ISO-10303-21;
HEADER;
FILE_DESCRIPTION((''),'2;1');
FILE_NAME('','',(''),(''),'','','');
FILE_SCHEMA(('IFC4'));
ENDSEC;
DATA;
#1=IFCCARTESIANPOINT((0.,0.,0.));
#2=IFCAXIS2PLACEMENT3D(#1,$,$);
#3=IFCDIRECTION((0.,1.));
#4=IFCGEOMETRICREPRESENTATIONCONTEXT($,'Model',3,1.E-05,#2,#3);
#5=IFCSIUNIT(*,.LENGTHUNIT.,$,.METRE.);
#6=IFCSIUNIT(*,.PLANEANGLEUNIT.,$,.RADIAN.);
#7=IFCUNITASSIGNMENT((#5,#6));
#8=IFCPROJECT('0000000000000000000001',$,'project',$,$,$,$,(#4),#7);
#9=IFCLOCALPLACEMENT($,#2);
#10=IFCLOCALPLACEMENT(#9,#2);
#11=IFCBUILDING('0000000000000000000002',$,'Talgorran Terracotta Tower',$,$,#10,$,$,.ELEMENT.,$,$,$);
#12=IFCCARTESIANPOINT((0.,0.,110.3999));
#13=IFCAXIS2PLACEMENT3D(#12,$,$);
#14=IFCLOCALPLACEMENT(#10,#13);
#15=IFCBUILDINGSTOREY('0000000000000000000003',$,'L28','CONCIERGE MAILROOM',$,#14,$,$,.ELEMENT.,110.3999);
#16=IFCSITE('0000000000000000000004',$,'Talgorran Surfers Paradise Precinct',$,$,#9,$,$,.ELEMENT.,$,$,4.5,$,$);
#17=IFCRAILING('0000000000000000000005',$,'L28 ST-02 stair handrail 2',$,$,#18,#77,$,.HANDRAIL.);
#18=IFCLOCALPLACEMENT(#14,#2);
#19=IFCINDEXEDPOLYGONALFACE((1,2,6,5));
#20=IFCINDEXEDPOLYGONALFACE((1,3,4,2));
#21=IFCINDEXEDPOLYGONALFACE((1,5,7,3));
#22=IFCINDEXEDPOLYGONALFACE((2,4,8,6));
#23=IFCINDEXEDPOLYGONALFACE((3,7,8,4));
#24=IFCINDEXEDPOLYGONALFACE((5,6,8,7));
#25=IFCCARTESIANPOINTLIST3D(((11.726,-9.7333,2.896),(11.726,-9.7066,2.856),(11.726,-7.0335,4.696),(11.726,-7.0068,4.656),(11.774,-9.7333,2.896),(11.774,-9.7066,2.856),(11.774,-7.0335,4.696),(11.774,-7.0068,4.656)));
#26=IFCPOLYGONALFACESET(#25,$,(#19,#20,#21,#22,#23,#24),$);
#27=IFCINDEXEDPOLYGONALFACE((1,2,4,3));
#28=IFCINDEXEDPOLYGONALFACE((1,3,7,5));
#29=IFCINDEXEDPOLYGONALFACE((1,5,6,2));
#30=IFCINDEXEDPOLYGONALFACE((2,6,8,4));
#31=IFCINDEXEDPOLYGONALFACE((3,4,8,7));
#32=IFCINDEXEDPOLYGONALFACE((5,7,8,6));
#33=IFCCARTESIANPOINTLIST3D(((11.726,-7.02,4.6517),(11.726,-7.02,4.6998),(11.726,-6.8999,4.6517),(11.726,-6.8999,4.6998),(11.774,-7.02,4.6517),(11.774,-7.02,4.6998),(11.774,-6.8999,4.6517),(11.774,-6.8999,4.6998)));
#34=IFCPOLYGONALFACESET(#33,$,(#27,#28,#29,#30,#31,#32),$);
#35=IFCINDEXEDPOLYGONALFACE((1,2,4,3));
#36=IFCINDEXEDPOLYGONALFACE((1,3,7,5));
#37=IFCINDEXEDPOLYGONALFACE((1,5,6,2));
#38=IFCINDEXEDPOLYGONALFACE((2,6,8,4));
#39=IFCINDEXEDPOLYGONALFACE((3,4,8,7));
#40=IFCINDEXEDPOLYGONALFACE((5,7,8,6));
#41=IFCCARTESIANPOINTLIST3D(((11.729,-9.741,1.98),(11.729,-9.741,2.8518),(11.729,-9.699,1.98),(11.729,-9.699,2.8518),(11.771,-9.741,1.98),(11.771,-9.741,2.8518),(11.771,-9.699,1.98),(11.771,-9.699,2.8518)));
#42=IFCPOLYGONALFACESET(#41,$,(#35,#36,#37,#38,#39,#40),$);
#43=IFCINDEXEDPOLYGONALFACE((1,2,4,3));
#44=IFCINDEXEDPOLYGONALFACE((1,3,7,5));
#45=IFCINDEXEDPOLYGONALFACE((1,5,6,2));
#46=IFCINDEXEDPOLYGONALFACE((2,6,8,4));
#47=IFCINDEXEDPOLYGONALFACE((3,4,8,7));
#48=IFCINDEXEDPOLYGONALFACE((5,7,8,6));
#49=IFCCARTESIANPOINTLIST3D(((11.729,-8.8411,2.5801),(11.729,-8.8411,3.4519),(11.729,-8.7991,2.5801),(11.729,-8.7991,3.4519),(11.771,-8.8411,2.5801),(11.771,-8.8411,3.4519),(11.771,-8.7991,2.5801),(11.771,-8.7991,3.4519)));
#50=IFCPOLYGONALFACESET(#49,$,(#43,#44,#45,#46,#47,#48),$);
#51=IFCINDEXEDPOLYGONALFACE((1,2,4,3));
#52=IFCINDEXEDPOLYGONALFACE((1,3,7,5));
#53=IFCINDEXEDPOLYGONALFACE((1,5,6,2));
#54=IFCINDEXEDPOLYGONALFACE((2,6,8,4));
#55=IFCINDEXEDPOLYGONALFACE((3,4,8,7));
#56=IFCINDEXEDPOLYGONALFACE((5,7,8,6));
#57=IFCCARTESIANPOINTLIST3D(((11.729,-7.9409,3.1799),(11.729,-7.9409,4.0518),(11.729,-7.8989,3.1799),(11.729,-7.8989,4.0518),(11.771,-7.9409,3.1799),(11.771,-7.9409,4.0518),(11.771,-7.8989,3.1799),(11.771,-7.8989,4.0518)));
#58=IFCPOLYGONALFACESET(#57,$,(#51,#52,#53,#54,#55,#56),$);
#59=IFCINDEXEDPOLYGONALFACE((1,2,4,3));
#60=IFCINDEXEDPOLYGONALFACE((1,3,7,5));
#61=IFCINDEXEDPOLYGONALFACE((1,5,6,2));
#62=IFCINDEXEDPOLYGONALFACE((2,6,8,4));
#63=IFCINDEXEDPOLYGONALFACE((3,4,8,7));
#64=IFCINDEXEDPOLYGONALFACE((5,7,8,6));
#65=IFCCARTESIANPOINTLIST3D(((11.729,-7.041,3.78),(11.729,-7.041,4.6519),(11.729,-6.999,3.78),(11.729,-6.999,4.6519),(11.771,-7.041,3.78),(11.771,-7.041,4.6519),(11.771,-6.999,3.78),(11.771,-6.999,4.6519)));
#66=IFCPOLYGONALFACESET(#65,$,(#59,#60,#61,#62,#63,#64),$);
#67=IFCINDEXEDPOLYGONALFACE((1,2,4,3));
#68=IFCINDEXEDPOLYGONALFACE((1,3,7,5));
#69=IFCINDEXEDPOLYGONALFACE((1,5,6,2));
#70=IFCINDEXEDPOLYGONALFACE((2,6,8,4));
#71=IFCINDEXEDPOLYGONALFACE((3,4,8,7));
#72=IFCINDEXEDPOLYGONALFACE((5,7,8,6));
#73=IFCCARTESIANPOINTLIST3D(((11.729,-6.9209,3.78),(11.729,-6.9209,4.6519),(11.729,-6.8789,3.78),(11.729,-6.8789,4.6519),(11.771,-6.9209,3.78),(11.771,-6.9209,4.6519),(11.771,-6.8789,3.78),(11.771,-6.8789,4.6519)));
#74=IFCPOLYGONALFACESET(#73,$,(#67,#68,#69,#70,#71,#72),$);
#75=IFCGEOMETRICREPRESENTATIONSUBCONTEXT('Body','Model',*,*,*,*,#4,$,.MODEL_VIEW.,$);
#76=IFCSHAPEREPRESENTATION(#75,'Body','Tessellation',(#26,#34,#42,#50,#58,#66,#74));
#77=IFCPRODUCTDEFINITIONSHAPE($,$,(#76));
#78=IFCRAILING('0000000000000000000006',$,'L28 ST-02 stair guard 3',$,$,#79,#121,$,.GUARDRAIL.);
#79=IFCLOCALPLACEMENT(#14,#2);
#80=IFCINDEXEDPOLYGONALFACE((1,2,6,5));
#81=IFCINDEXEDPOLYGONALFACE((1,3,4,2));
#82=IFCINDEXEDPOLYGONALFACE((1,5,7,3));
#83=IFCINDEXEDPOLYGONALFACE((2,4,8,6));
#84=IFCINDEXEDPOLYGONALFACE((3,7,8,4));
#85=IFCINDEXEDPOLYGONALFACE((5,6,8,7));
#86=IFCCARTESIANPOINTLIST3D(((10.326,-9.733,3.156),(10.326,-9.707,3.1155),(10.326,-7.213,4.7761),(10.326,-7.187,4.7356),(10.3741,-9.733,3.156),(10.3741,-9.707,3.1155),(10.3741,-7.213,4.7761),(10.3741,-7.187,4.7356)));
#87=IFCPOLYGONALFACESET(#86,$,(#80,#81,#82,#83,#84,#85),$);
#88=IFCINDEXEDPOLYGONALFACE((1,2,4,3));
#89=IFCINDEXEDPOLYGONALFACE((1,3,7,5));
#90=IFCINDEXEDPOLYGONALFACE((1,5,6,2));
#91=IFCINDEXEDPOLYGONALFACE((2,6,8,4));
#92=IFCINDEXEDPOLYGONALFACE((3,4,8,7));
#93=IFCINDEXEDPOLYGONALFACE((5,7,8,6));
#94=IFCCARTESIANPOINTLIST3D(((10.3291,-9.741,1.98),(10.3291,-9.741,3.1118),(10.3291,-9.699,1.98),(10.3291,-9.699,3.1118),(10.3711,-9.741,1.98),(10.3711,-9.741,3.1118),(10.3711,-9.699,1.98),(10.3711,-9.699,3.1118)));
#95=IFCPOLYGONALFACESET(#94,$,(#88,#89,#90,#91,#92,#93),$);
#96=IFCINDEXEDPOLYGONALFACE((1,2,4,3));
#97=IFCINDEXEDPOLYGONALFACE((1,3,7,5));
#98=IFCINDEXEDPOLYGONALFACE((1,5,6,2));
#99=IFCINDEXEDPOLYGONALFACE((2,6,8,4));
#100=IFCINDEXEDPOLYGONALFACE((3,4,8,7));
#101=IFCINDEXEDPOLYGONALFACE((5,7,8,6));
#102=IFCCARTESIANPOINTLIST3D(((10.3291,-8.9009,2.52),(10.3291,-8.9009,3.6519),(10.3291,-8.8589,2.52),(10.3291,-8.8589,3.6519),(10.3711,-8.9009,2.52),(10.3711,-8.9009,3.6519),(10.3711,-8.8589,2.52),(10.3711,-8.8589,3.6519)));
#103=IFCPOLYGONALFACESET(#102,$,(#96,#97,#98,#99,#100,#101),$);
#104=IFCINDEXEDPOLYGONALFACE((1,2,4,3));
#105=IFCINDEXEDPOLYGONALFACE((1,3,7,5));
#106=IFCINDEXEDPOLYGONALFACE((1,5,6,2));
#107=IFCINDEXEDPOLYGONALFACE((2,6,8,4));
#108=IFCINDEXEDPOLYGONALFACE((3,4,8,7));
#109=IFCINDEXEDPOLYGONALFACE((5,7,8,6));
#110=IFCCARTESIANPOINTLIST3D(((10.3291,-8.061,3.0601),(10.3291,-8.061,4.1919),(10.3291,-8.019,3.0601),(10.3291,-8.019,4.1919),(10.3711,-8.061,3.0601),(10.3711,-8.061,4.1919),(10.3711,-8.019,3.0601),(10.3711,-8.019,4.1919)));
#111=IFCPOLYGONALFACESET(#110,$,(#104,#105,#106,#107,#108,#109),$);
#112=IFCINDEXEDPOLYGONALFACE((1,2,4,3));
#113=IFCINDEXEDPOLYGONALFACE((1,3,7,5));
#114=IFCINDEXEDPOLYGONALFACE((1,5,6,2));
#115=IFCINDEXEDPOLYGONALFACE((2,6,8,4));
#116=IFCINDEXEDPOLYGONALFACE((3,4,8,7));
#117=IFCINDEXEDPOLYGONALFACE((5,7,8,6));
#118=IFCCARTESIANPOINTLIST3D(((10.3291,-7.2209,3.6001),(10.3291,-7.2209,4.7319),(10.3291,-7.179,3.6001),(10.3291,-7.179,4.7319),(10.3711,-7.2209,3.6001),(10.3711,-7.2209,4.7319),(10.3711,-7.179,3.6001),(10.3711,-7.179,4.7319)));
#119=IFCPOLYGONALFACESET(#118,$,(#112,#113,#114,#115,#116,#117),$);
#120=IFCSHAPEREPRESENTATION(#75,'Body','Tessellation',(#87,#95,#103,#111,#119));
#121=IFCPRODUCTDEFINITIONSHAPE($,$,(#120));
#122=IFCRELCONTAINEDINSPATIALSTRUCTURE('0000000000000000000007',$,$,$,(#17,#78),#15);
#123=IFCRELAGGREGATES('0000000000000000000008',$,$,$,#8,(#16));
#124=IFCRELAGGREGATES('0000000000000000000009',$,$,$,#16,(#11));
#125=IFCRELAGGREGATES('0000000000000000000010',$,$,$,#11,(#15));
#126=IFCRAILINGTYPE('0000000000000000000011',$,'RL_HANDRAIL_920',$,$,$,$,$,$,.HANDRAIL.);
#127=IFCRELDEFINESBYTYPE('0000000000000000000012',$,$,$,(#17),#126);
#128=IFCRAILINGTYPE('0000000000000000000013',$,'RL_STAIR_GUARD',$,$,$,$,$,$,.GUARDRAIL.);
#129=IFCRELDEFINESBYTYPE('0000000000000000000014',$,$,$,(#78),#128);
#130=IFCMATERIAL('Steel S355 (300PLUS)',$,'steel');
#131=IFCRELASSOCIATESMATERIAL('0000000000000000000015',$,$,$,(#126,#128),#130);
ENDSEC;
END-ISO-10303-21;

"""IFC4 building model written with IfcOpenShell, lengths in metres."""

from ifc_helpers import new_model, si_unit, direction, frame, origin, origin_2d, place, context, subcontext, project, spatial, rectangle, extrude, material, type_object, element, save


model = new_model("IFC4")

# Units and contexts
model_context = context("Model", 3, precision=1e-05, world=origin(), true_north=direction((0.0, 1.0)))
body_context = subcontext(model_context, "Body", "Model", "MODEL_VIEW")
ifc_project = project(units=[si_unit("LENGTHUNIT", "METRE"), si_unit("PLANEANGLEUNIT", "RADIAN")], contexts=[model_context])

# Site, building, storey
site_placement = place(None, origin())
site = spatial("IfcSite", under=ifc_project, at=site_placement, Name="Talgorran Surfers Paradise Precinct", CompositionType="ELEMENT", RefElevation=4.5)
building_placement = place(site_placement, origin())
building = spatial("IfcBuilding", under=site, at=building_placement, Name="Talgorran Terracotta Tower", CompositionType="ELEMENT")
storey_placement = place(building_placement, frame((0.0, 0.0, 110.3999)))
storey = spatial("IfcBuildingStorey", under=building, at=storey_placement, Name="L28", Description="CONCIERGE MAILROOM", CompositionType="ELEMENT", Elevation=110.3999)

# Shared definitions
ifc_material_1 = material(Name="Steel S355 (300PLUS)", Category="steel")

# Railings
railing_type_1 = type_object("IfcRailingType", Name="RL_HANDRAIL_920", PredefinedType="HANDRAIL", material=ifc_material_1)
railing_1_placement = place(storey_placement, frame((11.75, -9.72, 1.98)))
element("IfcRailing", 1, at=railing_1_placement, inside=storey, type_object=railing_type_1, Name="L28 ST-02 stair handrail 2", PredefinedType="HANDRAIL", context=body_context, shape_type="SweptSolid", body=[
    extrude(rectangle(XDim=0.0481, YDim=0.0481, at=origin_2d()), frame((0.0, 0.0, 0.896), z_axis=(0.0, 0.832039, 0.554718), x_axis=(-1.0, 0.0, 0.0)), (0.0, 0.0, 1.0), 3.2449),
    extrude(rectangle(XDim=0.0481, YDim=0.0481, at=origin_2d()), frame((0.0, 2.7, 2.6958), z_axis=(0.0, 1.0, 0.0), x_axis=(-1.0, 0.0, 0.0)), (0.0, 0.0, 1.0), 0.1201),
    extrude(rectangle(XDim=0.042, YDim=0.042, at=origin_2d()), origin(), (0.0, 0.0, 1.0), 0.8718),
    extrude(rectangle(XDim=0.042, YDim=0.042, at=origin_2d()), frame((0.0, 0.8999, 0.6001)), (0.0, 0.0, 1.0), 0.8718),
    extrude(rectangle(XDim=0.042, YDim=0.042, at=origin_2d()), frame((0.0, 1.8, 1.2)), (0.0, 0.0, 1.0), 0.8718),
    extrude(rectangle(XDim=0.042, YDim=0.042, at=origin_2d()), frame((0.0, 2.7, 1.8)), (0.0, 0.0, 1.0), 0.8718),
    extrude(rectangle(XDim=0.042, YDim=0.042, at=origin_2d()), frame((0.0, 2.8201, 1.8)), (0.0, 0.0, 1.0), 0.8718),
])
railing_type_2 = type_object("IfcRailingType", Name="RL_STAIR_GUARD", PredefinedType="GUARDRAIL", material=ifc_material_1)
railing_2_placement = place(storey_placement, frame((10.3501, -9.72, 1.98)))
element("IfcRailing", 2, at=railing_2_placement, inside=storey, type_object=railing_type_2, Name="L28 ST-02 stair guard 3", PredefinedType="GUARDRAIL", context=body_context, shape_type="SweptSolid", body=[
    extrude(rectangle(XDim=0.0481, YDim=0.0481, at=origin_2d()), frame((0.0, 0.0, 1.1558), z_axis=(0.0, 0.841163, 0.540782), x_axis=(-1.0, 0.0, 0.0)), (0.0, 0.0, 1.0), 2.9958),
    extrude(rectangle(XDim=0.042, YDim=0.042, at=origin_2d()), origin(), (0.0, 0.0, 1.0), 1.1318),
    extrude(rectangle(XDim=0.042, YDim=0.042, at=origin_2d()), frame((0.0, 0.8401, 0.54)), (0.0, 0.0, 1.0), 1.1318),
    extrude(rectangle(XDim=0.042, YDim=0.042, at=origin_2d()), frame((0.0, 1.6799, 1.0801)), (0.0, 0.0, 1.0), 1.1318),
    extrude(rectangle(XDim=0.042, YDim=0.042, at=origin_2d()), frame((0.0, 2.52, 1.6201)), (0.0, 0.0, 1.0), 1.1318),
])

save(model, "model.ifc")
